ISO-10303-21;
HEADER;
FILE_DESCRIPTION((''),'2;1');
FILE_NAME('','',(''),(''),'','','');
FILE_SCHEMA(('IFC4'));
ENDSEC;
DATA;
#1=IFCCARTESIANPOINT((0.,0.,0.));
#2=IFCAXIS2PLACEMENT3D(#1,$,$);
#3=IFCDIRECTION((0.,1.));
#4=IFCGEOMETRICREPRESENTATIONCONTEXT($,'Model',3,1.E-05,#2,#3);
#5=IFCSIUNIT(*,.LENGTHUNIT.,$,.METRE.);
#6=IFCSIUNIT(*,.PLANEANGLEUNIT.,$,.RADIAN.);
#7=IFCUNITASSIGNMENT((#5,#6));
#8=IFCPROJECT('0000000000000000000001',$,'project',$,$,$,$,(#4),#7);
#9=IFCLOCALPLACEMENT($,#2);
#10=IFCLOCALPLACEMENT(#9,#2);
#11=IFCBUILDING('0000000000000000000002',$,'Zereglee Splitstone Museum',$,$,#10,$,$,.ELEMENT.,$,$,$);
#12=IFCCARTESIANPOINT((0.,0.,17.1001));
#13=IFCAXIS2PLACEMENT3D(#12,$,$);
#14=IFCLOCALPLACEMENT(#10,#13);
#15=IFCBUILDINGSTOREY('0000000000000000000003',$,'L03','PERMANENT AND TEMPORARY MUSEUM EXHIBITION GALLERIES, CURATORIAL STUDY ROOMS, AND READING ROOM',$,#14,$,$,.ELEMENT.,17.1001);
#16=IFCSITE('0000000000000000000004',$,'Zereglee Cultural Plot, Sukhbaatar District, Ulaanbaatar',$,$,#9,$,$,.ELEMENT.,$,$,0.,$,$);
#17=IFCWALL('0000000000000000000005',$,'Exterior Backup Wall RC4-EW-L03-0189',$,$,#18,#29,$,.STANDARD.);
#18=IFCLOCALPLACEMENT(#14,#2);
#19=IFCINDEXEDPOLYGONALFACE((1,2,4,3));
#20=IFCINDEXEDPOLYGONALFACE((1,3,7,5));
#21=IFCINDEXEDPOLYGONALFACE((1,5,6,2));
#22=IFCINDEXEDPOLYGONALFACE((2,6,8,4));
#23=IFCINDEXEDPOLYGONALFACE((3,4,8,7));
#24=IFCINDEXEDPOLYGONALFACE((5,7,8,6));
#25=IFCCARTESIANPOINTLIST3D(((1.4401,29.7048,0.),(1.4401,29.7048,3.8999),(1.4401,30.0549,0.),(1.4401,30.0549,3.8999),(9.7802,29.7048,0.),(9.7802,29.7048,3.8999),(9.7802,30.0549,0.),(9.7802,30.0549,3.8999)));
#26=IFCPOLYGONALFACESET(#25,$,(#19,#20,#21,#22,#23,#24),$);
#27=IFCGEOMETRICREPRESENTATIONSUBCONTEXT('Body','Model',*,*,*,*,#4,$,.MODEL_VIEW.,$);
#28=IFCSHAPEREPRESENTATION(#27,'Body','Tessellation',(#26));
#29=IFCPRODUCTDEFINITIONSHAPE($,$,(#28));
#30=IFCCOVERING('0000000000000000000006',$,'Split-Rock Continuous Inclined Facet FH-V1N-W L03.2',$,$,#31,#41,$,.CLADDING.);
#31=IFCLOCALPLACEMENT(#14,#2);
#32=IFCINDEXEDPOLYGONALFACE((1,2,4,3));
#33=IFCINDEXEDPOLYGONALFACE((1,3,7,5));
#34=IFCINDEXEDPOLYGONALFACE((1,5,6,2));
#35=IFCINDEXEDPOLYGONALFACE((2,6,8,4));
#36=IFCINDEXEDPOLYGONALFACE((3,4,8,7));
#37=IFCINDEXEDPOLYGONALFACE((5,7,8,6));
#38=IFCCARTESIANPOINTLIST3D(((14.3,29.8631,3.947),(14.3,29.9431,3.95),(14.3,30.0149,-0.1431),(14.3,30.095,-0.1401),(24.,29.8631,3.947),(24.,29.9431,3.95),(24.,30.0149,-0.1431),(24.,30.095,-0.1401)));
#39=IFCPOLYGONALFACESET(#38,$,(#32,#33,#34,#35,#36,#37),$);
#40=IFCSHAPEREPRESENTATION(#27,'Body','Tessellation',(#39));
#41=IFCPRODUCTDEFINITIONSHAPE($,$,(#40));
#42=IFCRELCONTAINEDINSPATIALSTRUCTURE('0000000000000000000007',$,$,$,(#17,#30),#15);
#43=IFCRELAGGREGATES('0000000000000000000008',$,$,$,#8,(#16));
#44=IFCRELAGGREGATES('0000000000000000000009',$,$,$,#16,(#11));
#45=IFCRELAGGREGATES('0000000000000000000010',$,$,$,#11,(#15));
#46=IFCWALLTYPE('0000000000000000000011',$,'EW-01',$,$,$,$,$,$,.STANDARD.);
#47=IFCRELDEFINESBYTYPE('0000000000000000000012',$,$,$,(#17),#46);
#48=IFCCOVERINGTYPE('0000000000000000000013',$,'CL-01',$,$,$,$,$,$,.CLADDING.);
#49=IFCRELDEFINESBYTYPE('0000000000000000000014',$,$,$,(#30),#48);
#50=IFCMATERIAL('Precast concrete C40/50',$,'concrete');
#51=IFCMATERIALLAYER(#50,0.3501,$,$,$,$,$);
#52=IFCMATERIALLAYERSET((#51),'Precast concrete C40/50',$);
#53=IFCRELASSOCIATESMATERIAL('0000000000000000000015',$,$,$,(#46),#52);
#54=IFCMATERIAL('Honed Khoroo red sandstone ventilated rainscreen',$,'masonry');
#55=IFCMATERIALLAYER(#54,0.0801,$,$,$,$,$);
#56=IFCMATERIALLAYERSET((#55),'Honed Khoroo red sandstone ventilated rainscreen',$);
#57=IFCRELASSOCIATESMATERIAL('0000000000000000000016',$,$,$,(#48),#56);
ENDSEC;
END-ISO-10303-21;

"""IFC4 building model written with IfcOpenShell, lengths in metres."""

from ifc_helpers import new_model, si_unit, direction, frame, frame_2d, origin, place, context, subcontext, project, spatial, polyline, rectangle, outline, extrude, material, layer, layer_set, type_object, element, save


model = new_model("IFC4")

# Units and contexts
model_context = context("Model", 3, precision=1e-05, world=origin(), true_north=direction((0.0, 1.0)))
body_context = subcontext(model_context, "Body", "Model", "MODEL_VIEW")
ifc_project = project(units=[si_unit("LENGTHUNIT", "METRE"), si_unit("PLANEANGLEUNIT", "RADIAN")], contexts=[model_context])

# Site, building, storey
site_placement = place(None, origin())
site = spatial("IfcSite", under=ifc_project, at=site_placement, Name="Zereglee Cultural Plot, Sukhbaatar District, Ulaanbaatar", CompositionType="ELEMENT", RefElevation=0.0)
building_placement = place(site_placement, origin())
building = spatial("IfcBuilding", under=site, at=building_placement, Name="Zereglee Splitstone Museum", CompositionType="ELEMENT")
storey_placement = place(building_placement, frame((0.0, 0.0, 17.1001)))
storey = spatial("IfcBuildingStorey", under=building, at=storey_placement, Name="L03", Description="PERMANENT AND TEMPORARY MUSEUM EXHIBITION GALLERIES, CURATORIAL STUDY ROOMS, AND READING ROOM", CompositionType="ELEMENT", Elevation=17.1001)

# Wall
ifc_material_1 = material(Name="Precast concrete C40/50", Category="concrete")
ifc_layer_1 = layer(ifc_material_1, 0.3501)
ifc_layer_set_1 = layer_set([ifc_layer_1], Name="Precast concrete C40/50")
wall_type = type_object("IfcWallType", Name="EW-01", PredefinedType="STANDARD", material=ifc_layer_set_1)
wall_1_placement = place(storey_placement, frame((9.78, 29.8799, 0.0), z_axis=(0.0, 0.0, 1.0), x_axis=(-1.0, 0.0, 0.0)))
element("IfcWall", 1, at=wall_1_placement, inside=storey, type_object=wall_type, Name="Exterior Backup Wall RC4-EW-L03-0189", PredefinedType="STANDARD", context=body_context, shape_type="SweptSolid", body=[
    extrude(rectangle(XDim=8.3401, YDim=0.3501, at=frame_2d((4.1699, 0.0))), origin(), (0.0, 0.0, 1.0), 3.8999),
])

# Covering
ifc_material_2 = material(Name="Honed Khoroo red sandstone ventilated rainscreen", Category="masonry")
ifc_layer_2 = layer(ifc_material_2, 0.0801)
ifc_layer_set_2 = layer_set([ifc_layer_2], Name="Honed Khoroo red sandstone ventilated rainscreen")
covering_type = type_object("IfcCoveringType", Name="CL-01", PredefinedType="CLADDING", material=ifc_layer_set_2)
covering_placement = place(storey_placement, frame((14.3, 29.9431, 3.95), z_axis=(0.0, 0.999311, 0.037102), x_axis=(1.0, 0.0, 0.0)))
element("IfcCovering", 2, at=covering_placement, inside=storey, type_object=covering_type, Name="Split-Rock Continuous Inclined Facet FH-V1N-W L03.2", PredefinedType="CLADDING", context=body_context, shape_type="SweptSolid", body=[
    extrude(outline(polyline([(0.0, 0.0), (9.7, 0.0), (9.7, 4.0929), (0.0, 4.0929), (0.0, 0.0)])), origin(), (0.0, 0.0, -1.0), 0.0801),
])

save(model, "model.ifc")
